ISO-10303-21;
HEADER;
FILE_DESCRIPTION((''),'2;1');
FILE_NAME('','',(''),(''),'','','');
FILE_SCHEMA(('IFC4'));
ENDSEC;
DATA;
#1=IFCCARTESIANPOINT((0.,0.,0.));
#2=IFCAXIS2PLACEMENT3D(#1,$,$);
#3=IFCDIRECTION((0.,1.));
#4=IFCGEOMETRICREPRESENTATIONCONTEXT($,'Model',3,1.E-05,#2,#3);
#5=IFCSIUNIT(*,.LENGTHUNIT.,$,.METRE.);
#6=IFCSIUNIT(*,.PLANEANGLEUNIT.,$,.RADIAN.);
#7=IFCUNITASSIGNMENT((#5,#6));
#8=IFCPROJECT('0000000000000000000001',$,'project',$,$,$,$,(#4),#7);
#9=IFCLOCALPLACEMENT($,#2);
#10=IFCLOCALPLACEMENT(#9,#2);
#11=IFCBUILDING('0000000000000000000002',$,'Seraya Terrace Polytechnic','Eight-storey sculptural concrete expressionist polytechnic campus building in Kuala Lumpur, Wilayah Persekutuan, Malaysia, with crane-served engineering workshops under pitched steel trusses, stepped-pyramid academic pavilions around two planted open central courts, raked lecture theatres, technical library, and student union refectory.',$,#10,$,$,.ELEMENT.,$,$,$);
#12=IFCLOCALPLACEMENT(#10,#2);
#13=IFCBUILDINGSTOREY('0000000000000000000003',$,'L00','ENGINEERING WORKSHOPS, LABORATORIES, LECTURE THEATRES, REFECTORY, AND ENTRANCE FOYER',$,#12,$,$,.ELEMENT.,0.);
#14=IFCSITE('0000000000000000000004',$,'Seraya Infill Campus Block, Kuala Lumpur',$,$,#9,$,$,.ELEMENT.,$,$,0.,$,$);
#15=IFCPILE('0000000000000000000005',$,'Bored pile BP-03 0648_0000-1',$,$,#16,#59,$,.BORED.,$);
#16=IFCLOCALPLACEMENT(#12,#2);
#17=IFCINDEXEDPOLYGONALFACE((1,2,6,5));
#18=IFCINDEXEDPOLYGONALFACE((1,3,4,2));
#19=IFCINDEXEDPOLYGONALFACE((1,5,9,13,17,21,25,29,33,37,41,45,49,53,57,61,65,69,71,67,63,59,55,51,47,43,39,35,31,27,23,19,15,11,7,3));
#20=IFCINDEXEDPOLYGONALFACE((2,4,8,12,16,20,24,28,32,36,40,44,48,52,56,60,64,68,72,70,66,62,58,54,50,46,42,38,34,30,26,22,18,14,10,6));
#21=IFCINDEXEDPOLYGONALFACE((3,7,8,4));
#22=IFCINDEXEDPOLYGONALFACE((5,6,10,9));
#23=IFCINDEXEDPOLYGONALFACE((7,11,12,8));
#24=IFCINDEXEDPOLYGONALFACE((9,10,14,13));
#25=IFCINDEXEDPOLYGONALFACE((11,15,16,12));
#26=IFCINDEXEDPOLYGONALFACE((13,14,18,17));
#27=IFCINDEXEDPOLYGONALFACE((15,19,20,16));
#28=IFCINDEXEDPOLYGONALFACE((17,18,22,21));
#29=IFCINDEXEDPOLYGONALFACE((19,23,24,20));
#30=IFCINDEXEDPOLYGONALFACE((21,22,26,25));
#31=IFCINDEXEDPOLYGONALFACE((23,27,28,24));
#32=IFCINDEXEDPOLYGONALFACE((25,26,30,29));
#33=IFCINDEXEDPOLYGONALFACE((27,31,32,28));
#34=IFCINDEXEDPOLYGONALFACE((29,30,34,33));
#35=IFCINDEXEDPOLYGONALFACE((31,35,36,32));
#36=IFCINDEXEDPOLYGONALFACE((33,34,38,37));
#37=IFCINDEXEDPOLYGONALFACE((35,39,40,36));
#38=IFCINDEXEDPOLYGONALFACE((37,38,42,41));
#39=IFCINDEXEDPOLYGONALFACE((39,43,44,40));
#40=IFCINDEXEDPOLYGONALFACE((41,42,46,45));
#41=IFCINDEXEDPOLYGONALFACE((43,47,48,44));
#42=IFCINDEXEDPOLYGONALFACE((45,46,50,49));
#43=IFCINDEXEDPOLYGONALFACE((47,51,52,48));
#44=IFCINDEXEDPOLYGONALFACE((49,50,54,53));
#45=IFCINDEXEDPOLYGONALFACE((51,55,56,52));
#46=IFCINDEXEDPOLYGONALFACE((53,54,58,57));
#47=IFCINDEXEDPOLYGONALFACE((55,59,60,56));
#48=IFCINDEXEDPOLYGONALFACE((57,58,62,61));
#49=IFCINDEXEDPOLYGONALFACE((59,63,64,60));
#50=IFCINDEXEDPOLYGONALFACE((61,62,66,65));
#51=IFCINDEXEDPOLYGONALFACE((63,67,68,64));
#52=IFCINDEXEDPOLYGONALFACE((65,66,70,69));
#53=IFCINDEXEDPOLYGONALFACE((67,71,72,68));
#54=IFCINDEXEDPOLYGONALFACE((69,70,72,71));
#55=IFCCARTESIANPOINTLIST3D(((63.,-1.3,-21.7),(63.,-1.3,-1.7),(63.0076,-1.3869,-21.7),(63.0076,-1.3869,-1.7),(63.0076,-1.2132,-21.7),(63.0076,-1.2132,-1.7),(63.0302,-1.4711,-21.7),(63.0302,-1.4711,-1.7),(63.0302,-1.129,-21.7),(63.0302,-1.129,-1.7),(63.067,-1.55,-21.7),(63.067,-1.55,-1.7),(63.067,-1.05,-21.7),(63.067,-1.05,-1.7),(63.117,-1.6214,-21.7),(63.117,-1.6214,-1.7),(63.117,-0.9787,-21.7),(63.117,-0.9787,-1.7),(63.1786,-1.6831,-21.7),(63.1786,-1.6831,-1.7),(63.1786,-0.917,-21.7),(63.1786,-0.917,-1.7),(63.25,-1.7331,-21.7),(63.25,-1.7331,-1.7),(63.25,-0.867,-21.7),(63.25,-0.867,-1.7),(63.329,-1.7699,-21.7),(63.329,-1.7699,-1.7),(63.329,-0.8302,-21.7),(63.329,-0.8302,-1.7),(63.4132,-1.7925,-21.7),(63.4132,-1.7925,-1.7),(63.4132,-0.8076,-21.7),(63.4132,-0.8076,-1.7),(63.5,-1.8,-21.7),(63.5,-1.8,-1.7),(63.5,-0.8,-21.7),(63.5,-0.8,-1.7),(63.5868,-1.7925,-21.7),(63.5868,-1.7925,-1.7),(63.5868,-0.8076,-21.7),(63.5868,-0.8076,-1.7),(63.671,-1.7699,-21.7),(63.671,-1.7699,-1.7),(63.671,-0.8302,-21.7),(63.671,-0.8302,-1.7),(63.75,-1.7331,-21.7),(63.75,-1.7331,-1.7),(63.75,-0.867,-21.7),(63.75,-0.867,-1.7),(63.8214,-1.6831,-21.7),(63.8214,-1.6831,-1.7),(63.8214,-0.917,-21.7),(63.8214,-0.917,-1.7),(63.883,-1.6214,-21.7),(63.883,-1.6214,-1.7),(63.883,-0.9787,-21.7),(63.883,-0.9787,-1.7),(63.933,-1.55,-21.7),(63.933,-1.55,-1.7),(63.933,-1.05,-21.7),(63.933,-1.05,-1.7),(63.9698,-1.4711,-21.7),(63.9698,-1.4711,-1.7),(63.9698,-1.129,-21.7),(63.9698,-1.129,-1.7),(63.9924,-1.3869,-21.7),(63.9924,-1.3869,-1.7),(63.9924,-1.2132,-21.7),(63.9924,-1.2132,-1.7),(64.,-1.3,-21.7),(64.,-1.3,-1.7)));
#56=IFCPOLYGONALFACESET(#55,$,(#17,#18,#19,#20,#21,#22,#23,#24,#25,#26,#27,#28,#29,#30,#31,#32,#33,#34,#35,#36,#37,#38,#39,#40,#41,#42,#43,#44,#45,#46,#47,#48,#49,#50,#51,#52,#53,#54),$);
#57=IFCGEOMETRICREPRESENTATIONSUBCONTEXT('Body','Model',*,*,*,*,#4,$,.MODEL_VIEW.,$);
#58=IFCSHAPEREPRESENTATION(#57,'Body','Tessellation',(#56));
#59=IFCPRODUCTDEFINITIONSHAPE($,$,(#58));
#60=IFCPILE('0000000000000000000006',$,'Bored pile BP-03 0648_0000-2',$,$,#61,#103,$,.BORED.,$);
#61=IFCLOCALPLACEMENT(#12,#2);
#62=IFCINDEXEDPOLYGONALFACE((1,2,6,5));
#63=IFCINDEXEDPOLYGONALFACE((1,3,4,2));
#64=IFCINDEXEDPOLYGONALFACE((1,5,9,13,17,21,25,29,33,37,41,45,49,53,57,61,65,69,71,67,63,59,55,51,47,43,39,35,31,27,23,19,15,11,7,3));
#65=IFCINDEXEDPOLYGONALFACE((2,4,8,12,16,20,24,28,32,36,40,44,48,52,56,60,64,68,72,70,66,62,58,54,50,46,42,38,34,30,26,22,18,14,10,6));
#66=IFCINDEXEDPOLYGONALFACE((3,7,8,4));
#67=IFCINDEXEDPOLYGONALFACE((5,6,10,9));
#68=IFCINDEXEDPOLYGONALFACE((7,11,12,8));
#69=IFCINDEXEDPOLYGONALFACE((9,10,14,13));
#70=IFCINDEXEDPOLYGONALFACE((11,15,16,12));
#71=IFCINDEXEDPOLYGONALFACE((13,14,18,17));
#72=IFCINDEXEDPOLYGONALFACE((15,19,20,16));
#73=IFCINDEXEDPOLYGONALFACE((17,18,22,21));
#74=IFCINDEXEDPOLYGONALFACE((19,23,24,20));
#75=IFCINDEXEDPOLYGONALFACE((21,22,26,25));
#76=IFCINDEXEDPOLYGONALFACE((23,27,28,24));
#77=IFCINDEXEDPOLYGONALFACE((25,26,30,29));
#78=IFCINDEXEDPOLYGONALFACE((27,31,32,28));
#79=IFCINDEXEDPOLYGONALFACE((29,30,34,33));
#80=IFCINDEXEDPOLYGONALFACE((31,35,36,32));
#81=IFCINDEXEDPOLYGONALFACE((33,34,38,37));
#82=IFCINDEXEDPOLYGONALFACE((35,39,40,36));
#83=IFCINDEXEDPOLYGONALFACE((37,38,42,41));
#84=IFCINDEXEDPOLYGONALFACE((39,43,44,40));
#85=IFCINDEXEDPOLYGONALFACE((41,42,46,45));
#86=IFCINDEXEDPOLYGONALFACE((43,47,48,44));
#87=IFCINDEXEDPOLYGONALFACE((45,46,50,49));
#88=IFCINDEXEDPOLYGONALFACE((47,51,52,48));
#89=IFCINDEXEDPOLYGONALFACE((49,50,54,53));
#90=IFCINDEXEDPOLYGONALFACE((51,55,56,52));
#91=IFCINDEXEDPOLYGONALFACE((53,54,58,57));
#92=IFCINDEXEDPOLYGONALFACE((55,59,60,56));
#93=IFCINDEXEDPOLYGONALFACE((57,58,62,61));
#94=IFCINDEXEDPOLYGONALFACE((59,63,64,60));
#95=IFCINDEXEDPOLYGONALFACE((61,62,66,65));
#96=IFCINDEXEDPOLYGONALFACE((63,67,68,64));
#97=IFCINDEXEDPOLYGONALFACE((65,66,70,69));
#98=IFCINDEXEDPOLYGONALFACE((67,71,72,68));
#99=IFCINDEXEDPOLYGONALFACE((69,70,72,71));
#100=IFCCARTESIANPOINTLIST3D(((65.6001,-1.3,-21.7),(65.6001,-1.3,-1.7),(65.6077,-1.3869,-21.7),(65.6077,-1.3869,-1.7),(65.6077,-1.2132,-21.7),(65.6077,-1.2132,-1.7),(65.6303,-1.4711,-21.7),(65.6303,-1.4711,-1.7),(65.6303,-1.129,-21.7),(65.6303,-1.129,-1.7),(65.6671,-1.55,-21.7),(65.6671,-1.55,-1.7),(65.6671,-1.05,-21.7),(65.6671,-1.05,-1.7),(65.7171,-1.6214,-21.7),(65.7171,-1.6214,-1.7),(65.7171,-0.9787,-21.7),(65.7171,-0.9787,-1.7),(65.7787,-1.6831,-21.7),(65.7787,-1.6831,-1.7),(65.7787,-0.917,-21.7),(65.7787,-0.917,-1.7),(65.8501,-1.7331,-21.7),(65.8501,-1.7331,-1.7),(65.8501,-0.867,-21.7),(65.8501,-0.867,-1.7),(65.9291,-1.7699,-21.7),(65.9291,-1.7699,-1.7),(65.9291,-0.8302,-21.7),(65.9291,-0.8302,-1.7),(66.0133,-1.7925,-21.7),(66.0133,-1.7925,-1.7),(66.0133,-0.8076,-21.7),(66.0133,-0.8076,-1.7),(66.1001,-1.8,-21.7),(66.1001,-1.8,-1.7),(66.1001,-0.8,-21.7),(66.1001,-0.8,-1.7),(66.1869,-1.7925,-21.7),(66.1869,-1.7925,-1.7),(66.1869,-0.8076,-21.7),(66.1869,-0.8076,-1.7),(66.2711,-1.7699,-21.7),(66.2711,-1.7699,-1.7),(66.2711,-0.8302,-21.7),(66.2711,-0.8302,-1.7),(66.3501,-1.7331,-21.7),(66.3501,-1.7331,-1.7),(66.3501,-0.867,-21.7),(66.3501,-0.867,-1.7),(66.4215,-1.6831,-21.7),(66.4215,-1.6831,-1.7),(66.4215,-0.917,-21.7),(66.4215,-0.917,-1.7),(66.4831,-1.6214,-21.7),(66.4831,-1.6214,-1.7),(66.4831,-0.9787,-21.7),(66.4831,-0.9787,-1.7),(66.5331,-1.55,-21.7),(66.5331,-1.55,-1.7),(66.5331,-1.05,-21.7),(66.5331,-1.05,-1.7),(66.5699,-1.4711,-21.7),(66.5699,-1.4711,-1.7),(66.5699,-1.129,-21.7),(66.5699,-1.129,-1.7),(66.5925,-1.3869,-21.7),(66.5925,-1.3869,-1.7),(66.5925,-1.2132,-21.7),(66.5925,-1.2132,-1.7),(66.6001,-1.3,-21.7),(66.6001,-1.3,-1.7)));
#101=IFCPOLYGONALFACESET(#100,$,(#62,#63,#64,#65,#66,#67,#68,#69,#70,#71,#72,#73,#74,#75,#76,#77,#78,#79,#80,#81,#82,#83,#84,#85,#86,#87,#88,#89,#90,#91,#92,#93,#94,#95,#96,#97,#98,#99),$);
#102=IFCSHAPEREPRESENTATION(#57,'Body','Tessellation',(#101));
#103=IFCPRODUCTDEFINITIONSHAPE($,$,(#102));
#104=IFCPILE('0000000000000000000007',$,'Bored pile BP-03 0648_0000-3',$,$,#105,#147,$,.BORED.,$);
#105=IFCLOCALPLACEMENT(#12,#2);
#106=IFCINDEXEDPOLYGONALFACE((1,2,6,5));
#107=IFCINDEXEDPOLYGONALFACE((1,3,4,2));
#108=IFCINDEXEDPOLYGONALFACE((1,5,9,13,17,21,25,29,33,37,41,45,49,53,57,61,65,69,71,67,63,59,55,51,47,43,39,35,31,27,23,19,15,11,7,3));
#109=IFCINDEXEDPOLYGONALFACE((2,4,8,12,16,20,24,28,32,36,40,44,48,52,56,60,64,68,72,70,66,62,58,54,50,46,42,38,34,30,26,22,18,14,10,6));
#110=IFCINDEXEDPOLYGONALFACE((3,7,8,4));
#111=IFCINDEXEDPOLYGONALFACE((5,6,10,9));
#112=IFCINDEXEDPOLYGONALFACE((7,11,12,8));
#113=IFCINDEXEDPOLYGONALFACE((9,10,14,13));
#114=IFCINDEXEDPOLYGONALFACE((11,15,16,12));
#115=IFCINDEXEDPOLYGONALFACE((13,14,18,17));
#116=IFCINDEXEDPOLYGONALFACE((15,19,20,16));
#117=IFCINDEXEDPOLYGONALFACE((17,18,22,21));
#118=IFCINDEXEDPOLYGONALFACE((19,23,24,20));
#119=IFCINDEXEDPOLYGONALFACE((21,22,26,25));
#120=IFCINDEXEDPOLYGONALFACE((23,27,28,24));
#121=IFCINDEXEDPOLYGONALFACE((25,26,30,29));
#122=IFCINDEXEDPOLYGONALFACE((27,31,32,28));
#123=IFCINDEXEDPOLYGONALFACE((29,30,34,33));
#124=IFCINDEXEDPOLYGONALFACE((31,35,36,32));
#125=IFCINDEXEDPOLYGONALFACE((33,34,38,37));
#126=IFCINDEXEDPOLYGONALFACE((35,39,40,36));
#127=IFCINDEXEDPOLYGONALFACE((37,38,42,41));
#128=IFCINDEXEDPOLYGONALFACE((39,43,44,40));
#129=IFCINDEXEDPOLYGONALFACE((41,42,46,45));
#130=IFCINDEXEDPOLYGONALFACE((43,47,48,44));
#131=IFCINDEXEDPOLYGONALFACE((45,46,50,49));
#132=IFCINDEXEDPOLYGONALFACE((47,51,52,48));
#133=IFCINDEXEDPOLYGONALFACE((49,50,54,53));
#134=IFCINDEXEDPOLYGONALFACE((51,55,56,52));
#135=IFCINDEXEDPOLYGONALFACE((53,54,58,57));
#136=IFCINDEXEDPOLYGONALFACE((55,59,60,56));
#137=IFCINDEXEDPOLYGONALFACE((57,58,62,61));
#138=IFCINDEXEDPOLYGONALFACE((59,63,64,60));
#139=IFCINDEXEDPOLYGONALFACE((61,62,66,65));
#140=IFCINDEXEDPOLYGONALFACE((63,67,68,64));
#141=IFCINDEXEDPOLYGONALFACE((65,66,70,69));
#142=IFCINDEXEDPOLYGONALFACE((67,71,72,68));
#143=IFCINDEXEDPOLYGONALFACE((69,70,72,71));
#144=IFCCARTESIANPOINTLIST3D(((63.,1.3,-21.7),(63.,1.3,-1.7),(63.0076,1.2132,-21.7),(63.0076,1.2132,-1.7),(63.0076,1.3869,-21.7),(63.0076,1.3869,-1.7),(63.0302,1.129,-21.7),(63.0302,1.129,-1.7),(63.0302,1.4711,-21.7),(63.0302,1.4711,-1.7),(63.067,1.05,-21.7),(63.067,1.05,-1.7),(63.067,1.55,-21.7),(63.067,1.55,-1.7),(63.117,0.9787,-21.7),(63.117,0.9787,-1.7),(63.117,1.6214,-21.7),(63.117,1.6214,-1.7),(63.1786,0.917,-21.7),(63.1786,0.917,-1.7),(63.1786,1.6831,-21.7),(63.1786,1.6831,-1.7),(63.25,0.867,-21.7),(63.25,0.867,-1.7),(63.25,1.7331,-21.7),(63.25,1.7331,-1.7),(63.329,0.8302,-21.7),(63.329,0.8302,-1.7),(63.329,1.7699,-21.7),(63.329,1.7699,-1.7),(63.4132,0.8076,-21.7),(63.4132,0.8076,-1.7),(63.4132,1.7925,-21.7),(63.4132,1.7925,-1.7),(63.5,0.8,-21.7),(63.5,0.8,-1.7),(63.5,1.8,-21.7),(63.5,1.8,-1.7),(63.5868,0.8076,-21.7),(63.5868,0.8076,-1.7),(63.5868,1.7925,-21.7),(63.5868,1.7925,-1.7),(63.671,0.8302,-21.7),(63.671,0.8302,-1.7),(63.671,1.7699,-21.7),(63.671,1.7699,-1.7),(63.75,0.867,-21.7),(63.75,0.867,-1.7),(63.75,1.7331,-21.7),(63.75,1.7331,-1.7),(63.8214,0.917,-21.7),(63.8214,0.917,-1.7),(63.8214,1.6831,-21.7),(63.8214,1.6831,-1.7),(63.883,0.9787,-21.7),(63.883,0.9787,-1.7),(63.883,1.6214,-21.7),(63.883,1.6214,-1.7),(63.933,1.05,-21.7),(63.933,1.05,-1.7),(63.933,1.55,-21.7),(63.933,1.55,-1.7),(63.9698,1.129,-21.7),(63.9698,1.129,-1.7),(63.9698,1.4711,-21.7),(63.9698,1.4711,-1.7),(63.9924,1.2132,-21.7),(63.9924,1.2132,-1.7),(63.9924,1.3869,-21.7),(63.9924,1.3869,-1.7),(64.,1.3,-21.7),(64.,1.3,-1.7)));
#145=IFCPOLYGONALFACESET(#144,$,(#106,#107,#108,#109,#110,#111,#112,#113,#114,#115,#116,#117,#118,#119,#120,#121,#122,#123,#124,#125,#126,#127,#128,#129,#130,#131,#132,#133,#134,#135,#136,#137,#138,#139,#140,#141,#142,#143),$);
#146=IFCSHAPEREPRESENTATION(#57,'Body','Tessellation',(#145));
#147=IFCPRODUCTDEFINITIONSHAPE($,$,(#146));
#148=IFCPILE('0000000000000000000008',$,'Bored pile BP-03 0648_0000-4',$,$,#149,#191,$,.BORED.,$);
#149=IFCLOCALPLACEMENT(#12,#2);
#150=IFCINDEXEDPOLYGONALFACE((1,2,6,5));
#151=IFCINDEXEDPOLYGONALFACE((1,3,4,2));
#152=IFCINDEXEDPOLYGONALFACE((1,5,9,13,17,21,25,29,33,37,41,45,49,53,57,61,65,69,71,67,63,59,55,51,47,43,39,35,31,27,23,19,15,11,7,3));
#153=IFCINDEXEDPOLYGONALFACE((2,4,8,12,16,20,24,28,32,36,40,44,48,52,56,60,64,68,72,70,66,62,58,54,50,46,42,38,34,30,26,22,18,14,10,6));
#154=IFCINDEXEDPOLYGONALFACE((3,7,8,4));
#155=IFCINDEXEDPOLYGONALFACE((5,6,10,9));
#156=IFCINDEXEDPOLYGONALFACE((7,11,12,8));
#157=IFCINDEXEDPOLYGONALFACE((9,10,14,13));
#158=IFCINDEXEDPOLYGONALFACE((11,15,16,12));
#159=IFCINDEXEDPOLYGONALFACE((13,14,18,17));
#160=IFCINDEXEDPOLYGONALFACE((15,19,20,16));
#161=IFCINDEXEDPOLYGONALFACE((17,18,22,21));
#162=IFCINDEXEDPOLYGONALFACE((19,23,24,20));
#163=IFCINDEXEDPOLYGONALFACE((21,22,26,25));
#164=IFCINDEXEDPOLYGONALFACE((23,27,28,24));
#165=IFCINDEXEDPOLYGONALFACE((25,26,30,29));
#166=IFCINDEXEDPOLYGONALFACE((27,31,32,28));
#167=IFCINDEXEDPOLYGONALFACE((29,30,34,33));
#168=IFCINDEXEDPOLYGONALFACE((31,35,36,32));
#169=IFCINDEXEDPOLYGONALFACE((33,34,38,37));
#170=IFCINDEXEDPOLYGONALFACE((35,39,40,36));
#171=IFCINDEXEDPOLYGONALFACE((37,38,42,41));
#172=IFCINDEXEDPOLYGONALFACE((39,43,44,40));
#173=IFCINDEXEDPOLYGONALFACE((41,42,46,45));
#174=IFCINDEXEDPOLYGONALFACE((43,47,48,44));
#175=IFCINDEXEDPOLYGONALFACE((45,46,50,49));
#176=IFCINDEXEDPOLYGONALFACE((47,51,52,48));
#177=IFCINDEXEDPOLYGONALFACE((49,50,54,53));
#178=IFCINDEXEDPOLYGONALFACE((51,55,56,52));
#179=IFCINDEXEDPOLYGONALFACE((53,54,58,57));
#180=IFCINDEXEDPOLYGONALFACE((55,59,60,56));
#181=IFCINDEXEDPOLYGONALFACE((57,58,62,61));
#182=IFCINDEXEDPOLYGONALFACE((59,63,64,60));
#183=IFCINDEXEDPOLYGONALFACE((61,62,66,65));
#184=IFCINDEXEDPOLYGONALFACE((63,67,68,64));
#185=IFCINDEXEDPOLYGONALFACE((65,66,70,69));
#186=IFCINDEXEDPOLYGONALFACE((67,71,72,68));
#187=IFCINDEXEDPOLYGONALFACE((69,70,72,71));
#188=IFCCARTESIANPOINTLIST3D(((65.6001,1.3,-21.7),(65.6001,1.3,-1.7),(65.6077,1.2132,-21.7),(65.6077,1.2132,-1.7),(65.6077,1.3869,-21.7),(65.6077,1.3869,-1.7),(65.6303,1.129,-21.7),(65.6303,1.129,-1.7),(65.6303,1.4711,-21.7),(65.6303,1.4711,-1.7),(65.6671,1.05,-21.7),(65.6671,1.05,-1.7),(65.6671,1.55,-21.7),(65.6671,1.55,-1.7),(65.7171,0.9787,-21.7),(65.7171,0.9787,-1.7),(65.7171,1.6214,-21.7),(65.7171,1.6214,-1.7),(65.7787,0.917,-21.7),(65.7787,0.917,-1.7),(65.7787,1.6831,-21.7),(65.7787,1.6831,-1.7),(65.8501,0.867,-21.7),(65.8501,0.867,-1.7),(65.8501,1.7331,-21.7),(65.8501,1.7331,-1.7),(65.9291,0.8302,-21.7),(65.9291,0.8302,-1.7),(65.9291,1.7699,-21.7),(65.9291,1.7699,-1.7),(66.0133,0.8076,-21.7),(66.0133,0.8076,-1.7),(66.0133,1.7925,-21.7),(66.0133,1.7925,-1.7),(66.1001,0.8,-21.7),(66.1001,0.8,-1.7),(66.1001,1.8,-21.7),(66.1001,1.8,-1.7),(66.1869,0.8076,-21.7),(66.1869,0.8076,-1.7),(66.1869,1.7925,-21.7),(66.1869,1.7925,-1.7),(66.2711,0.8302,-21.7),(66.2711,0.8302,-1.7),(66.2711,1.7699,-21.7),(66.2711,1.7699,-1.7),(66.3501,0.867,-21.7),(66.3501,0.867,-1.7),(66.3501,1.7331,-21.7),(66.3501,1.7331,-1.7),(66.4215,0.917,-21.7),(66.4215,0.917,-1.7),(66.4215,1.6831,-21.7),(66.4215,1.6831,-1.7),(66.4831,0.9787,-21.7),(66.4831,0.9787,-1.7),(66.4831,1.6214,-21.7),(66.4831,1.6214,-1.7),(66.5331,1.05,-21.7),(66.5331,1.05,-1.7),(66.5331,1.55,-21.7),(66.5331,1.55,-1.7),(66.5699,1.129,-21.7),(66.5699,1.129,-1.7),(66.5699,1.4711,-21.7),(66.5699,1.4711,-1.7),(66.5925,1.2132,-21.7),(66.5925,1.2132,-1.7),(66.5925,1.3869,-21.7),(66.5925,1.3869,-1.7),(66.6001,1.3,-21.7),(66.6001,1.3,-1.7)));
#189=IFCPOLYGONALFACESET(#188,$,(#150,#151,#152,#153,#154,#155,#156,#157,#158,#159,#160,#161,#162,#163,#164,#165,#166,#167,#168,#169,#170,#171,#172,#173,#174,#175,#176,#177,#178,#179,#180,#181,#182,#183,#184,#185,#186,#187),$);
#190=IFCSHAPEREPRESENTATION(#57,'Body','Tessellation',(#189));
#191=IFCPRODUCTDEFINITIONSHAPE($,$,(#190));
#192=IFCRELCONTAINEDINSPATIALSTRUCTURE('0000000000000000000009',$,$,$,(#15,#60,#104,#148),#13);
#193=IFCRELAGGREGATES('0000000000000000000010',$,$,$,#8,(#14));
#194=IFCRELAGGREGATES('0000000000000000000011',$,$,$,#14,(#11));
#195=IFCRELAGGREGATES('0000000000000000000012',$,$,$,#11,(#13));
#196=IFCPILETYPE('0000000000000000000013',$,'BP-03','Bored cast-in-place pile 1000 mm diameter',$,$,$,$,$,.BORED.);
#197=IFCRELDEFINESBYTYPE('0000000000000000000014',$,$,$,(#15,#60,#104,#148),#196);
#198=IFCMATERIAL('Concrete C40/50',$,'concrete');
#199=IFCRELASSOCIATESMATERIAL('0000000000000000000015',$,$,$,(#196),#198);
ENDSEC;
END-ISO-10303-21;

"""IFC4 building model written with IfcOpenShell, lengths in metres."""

from ifc_helpers import new_model, si_unit, direction, frame, origin, origin_2d, place, context, subcontext, project, spatial, circle, extrude, material, material_profile, profile_set, type_object, element, save


model = new_model("IFC4")

# Units and contexts
model_context = context("Model", 3, precision=1e-05, world=origin(), true_north=direction((0.0, 1.0)))
body_context = subcontext(model_context, "Body", "Model", "MODEL_VIEW")
ifc_project = project(units=[si_unit("LENGTHUNIT", "METRE"), si_unit("PLANEANGLEUNIT", "RADIAN")], contexts=[model_context])

# Site, building, storey
site_placement = place(None, origin())
site = spatial("IfcSite", under=ifc_project, at=site_placement, Name="Seraya Infill Campus Block, Kuala Lumpur", CompositionType="ELEMENT", RefElevation=0.0)
building_placement = place(site_placement, origin())
building = spatial("IfcBuilding", under=site, at=building_placement, Name="Seraya Terrace Polytechnic", Description="Eight-storey sculptural concrete expressionist polytechnic campus building in Kuala Lumpur, Wilayah Persekutuan, Malaysia, with crane-served engineering workshops under pitched steel trusses, stepped-pyramid academic pavilions around two planted open central courts, raked lecture theatres, technical library, and student union refectory.", CompositionType="ELEMENT")
storey_placement = place(building_placement, origin())
storey = spatial("IfcBuildingStorey", under=building, at=storey_placement, Name="L00", Description="ENGINEERING WORKSHOPS, LABORATORIES, LECTURE THEATRES, REFECTORY, AND ENTRANCE FOYER", CompositionType="ELEMENT", Elevation=0.0)

# Piles
ifc_material_1 = material(Name="Concrete C40/50", Category="concrete")
ifc_material_profile_1 = material_profile(ifc_material_1, circle(Radius=0.5, at=origin_2d()), Name="DIA 1000")
ifc_profile_set_1 = profile_set([ifc_material_profile_1], Name="Concrete C40/50")
pile_type_1 = type_object("IfcPileType", Name="BP-03", Description="Bored cast-in-place pile 1000 mm diameter", PredefinedType="BORED", material=ifc_profile_set_1)
for number, where, z_axis, x_axis, name in (
    (1, (63.5, -1.3, -1.7), (0.0, 0.0, -1.0), (1.0, 0.0, 0.0), "Bored pile BP-03 0648_0000-1"),
    (2, (66.1001, -1.3, -1.7), (0.0, 0.0, -1.0), (1.0, 0.0, 0.0), "Bored pile BP-03 0648_0000-2"),
    (3, (63.5, 1.3, -1.7), (0.0, 0.0, -1.0), (1.0, 0.0, 0.0), "Bored pile BP-03 0648_0000-3"),
    (4, (66.1001, 1.3, -1.7), (0.0, 0.0, -1.0), (1.0, 0.0, 0.0), "Bored pile BP-03 0648_0000-4"),
):
    element("IfcPile", number, at=place(storey_placement, frame(where, z_axis=z_axis, x_axis=x_axis)), inside=storey, type_object=pile_type_1, Name=name, PredefinedType="BORED", context=body_context, shape_type="SweptSolid", body=[
        extrude(circle(Radius=0.5, at=origin_2d()), origin(), (0.0, 0.0, 1.0), 20.0),
    ])

save(model, "model.ifc")
